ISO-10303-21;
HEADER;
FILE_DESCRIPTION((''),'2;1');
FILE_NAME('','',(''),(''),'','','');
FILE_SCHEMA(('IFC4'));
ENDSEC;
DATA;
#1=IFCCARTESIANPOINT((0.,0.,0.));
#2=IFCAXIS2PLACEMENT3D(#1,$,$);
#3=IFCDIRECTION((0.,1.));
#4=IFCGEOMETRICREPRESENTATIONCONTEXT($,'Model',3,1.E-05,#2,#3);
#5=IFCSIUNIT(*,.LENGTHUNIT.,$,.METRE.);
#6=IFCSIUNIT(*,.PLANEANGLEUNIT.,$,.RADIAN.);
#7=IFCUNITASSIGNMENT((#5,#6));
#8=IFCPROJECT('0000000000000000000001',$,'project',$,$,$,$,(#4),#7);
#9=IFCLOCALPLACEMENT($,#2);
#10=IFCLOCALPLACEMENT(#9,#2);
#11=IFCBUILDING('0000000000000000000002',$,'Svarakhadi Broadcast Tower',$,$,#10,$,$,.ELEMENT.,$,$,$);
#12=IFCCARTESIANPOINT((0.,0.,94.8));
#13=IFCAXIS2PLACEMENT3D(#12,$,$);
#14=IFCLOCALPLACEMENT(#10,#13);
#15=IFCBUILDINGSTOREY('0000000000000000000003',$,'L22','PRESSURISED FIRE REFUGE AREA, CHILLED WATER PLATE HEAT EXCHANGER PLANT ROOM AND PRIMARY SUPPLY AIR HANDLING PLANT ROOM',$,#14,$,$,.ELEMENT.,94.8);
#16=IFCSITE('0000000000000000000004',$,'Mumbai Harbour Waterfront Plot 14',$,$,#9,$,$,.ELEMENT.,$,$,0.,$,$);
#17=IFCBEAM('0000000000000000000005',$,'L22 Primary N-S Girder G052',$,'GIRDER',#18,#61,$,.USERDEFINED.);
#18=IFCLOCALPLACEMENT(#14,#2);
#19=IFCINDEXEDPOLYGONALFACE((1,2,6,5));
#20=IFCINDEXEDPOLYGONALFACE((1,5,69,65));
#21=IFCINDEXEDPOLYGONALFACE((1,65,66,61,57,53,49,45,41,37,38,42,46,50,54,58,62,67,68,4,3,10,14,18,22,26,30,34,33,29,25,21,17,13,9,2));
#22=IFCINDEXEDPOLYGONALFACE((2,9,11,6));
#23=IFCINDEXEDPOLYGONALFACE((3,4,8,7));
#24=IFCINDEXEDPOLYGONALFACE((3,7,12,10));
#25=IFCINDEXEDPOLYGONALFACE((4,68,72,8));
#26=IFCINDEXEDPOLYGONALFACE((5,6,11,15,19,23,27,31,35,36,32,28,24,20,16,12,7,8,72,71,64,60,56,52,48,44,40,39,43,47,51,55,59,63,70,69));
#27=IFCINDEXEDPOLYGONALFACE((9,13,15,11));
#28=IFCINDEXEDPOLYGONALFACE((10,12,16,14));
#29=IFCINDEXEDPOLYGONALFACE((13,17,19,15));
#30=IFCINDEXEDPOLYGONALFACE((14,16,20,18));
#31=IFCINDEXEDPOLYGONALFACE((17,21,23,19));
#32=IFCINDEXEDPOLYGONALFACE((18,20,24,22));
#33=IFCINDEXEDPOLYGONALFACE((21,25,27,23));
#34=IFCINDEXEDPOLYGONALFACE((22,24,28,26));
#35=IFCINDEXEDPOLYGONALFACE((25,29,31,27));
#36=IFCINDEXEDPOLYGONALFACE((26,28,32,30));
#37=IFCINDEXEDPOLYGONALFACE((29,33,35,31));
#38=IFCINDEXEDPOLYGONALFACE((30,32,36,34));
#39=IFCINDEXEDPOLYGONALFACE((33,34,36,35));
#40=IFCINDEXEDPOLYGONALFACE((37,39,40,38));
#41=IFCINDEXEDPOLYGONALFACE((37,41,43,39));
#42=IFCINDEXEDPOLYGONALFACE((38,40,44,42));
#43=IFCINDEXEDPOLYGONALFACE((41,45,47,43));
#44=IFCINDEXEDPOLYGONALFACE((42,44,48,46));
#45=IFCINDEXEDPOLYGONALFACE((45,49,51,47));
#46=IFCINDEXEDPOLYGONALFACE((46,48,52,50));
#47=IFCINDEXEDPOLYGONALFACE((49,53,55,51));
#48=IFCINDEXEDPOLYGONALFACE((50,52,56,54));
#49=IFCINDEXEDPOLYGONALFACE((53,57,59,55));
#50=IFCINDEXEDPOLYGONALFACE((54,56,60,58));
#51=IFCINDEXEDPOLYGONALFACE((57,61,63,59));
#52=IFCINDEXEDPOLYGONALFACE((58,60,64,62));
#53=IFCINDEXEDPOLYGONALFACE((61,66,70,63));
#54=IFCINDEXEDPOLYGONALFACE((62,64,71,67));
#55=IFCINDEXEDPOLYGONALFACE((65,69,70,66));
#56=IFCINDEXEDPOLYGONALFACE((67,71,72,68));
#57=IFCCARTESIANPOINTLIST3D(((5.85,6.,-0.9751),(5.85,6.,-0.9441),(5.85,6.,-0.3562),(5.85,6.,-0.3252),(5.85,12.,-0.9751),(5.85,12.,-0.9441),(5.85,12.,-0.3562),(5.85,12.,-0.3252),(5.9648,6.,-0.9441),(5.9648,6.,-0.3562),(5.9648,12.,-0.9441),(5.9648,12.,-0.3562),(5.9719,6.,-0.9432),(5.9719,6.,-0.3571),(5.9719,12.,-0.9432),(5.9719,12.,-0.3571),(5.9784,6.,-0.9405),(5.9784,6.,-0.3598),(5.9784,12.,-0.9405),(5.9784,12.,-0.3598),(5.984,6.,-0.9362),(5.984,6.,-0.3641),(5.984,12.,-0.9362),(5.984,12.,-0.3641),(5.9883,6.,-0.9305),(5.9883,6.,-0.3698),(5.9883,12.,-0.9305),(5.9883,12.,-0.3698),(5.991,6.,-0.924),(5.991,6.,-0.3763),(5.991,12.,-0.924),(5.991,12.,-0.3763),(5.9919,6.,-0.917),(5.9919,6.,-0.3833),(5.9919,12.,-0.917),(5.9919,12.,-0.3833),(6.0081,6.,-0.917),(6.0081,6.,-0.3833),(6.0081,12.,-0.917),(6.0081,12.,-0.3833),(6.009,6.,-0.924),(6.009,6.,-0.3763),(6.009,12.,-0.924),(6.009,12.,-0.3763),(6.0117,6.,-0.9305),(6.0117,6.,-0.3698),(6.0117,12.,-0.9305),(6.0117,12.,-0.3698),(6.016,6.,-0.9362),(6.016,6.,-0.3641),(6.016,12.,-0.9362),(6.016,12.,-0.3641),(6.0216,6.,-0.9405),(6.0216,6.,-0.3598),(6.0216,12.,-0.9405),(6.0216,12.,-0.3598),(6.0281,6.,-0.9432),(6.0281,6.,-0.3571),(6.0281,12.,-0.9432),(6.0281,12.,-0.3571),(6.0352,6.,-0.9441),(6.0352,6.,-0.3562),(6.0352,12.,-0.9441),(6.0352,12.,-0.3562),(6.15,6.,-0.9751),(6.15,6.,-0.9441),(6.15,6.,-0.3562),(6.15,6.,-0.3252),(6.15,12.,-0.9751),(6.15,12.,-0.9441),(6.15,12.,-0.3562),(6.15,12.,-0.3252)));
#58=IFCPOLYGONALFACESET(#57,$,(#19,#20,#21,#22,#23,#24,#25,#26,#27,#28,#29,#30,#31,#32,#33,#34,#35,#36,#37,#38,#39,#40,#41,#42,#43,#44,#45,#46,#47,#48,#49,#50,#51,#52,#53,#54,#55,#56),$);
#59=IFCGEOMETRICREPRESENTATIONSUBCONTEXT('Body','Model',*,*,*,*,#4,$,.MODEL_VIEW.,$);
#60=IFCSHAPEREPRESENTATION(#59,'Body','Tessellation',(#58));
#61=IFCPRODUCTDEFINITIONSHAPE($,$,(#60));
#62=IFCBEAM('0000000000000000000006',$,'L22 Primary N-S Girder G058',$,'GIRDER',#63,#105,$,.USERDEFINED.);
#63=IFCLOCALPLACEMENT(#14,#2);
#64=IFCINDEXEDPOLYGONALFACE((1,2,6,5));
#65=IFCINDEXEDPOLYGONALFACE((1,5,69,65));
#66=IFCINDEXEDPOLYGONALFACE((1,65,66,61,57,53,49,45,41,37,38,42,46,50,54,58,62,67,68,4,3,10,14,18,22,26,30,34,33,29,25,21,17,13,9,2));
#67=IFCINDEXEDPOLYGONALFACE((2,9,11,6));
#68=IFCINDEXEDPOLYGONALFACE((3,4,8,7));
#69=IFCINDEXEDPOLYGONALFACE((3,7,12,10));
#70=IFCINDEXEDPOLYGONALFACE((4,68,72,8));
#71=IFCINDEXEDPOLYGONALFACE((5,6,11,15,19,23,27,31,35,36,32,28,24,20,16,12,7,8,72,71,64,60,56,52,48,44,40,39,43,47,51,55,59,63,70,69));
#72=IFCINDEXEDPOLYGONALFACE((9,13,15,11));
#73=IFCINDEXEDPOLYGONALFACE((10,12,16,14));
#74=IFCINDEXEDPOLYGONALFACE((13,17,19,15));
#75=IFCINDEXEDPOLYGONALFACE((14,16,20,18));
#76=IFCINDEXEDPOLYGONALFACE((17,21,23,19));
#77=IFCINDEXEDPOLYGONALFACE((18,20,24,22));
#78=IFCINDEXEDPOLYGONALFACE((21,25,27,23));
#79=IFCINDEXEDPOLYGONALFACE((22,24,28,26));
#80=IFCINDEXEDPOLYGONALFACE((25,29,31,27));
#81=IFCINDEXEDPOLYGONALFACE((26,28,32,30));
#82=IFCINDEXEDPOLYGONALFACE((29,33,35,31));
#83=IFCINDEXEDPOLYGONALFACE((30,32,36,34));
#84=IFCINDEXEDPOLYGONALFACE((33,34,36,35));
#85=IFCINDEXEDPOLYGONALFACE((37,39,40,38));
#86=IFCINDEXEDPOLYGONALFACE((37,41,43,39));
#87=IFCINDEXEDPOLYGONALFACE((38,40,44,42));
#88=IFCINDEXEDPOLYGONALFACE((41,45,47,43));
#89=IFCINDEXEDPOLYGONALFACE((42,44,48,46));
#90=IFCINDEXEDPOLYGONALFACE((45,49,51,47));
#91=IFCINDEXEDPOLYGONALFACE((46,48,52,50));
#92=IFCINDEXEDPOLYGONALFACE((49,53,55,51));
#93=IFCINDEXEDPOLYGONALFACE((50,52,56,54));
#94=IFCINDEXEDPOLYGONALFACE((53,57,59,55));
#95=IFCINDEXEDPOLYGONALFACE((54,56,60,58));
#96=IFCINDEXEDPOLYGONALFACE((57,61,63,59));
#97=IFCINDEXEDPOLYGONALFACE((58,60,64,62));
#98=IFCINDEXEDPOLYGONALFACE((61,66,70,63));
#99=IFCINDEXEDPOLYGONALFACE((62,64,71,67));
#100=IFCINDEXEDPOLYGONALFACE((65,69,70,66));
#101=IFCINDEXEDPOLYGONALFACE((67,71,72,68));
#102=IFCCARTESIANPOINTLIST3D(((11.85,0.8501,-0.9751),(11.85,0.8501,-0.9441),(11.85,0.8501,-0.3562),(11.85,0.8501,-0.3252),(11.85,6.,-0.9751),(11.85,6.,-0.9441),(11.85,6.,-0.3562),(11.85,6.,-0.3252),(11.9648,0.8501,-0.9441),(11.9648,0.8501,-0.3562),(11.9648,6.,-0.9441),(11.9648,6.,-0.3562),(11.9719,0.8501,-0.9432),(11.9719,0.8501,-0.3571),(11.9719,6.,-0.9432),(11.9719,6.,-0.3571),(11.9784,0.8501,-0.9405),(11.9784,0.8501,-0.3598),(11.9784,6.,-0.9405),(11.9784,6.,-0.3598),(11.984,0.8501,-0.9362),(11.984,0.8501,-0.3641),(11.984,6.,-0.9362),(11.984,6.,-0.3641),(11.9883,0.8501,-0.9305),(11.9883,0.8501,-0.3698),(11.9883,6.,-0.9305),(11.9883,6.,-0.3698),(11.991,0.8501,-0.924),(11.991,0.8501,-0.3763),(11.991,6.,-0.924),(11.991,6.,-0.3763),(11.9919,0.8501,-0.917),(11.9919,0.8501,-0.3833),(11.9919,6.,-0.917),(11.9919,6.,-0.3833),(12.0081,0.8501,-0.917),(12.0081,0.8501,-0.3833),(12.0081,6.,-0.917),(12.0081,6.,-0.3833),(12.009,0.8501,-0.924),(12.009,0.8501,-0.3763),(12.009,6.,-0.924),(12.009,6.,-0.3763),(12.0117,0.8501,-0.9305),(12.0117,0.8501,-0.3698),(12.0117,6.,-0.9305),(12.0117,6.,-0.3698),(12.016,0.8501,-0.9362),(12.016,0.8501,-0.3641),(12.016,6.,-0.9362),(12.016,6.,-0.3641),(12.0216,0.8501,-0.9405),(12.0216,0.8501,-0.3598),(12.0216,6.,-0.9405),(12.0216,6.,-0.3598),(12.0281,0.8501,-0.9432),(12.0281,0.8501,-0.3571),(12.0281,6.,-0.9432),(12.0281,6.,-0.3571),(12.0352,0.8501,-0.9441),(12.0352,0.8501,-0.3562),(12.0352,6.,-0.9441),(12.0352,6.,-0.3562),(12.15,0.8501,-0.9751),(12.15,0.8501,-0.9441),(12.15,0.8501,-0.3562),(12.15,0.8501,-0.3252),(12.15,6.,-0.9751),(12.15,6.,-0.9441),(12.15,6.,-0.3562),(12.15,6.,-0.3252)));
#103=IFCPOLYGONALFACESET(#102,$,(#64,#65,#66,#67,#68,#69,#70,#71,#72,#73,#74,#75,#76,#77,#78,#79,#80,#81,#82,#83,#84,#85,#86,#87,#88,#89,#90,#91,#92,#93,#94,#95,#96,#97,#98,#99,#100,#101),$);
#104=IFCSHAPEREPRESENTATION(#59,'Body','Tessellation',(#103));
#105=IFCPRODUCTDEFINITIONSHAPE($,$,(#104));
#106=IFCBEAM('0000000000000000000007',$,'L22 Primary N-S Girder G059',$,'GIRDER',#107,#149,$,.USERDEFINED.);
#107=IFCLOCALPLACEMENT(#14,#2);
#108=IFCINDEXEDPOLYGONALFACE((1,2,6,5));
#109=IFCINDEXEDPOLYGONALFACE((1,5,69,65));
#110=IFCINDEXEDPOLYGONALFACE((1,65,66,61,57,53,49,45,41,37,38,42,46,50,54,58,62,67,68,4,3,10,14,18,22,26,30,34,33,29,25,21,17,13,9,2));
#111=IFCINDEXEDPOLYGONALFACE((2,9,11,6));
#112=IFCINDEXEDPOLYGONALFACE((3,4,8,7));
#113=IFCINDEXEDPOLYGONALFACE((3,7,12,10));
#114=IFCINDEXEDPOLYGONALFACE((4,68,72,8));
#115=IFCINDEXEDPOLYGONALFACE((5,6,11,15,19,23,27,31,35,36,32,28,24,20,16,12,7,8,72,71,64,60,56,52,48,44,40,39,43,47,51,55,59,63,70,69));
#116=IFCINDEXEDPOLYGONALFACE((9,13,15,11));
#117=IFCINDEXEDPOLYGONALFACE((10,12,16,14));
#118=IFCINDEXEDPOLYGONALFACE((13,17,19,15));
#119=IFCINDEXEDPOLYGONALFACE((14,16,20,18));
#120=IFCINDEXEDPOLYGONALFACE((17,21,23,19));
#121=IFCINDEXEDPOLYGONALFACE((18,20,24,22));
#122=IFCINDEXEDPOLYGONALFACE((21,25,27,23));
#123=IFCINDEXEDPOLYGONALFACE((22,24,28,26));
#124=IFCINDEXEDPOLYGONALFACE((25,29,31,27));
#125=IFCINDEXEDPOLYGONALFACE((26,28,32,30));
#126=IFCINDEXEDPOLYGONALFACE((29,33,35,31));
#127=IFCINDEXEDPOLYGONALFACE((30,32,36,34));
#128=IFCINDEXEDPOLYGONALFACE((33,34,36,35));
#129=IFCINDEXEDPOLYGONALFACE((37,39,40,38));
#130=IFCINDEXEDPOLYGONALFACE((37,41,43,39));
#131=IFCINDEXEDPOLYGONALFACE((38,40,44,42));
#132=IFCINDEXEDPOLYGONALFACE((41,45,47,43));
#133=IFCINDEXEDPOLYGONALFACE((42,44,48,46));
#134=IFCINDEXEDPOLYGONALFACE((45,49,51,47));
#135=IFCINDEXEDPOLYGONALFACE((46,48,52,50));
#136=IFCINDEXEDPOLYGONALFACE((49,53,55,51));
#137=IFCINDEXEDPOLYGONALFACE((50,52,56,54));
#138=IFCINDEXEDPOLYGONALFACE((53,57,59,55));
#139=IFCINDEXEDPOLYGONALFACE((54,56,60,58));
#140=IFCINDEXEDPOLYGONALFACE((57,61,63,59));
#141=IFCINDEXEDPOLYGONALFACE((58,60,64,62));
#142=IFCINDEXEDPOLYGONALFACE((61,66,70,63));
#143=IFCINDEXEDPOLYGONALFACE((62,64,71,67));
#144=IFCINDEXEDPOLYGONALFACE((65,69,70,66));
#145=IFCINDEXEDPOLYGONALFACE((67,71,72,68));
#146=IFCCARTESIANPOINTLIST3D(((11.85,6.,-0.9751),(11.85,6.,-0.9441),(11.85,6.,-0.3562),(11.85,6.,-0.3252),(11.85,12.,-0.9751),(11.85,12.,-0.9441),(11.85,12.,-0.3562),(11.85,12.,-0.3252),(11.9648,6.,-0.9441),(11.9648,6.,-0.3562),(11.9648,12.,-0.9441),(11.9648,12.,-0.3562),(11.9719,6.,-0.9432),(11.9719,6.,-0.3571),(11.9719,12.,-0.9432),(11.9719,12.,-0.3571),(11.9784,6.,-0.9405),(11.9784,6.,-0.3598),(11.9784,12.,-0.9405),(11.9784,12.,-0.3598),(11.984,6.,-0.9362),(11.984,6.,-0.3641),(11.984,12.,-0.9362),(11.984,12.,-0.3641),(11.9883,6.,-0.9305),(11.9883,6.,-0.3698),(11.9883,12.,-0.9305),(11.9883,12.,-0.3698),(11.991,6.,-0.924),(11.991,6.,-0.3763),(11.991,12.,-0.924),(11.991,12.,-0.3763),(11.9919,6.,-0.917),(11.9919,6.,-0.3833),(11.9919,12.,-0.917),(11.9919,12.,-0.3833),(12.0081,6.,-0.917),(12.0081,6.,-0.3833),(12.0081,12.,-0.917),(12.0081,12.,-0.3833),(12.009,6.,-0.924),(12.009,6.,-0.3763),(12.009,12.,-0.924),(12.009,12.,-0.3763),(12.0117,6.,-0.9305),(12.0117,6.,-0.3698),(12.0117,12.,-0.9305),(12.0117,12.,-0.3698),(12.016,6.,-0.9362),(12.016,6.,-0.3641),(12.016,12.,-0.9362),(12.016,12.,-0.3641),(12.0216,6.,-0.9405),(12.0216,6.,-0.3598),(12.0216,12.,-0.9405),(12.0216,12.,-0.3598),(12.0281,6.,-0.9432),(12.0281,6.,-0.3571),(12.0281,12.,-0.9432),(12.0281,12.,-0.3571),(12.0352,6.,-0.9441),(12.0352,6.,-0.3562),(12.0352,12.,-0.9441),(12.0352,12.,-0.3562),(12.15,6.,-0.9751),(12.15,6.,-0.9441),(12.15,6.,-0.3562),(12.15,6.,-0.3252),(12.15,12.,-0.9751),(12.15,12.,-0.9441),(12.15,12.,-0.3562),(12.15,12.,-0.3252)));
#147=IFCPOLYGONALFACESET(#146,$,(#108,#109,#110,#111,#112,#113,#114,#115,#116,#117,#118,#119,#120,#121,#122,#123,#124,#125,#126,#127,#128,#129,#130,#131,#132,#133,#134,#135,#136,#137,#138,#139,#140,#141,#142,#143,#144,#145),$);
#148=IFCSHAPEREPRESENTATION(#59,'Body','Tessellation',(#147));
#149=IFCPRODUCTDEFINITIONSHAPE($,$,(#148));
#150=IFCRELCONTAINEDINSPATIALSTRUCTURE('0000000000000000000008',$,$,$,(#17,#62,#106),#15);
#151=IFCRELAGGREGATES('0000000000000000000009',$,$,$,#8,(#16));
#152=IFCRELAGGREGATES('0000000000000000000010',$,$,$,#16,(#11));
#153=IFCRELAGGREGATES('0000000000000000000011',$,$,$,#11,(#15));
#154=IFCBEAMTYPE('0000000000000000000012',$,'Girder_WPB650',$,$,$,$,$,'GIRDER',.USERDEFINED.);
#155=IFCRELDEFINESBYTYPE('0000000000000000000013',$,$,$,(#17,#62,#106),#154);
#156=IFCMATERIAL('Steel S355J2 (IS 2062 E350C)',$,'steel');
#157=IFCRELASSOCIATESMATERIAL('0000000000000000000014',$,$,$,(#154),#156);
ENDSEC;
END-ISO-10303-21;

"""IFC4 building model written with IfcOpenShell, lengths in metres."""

from ifc_helpers import new_model, si_unit, direction, frame, origin, origin_2d, place, context, subcontext, project, spatial, i_section, extrude, material, material_profile, profile_set, type_object, element, save


model = new_model("IFC4")

# Units and contexts
model_context = context("Model", 3, precision=1e-05, world=origin(), true_north=direction((0.0, 1.0)))
body_context = subcontext(model_context, "Body", "Model", "MODEL_VIEW")
ifc_project = project(units=[si_unit("LENGTHUNIT", "METRE"), si_unit("PLANEANGLEUNIT", "RADIAN")], contexts=[model_context])

# Site, building, storey
site_placement = place(None, origin())
site = spatial("IfcSite", under=ifc_project, at=site_placement, Name="Mumbai Harbour Waterfront Plot 14", CompositionType="ELEMENT", RefElevation=0.0)
building_placement = place(site_placement, origin())
building = spatial("IfcBuilding", under=site, at=building_placement, Name="Svarakhadi Broadcast Tower", CompositionType="ELEMENT")
storey_placement = place(building_placement, frame((0.0, 0.0, 94.8)))
storey = spatial("IfcBuildingStorey", under=building, at=storey_placement, Name="L22", Description="PRESSURISED FIRE REFUGE AREA, CHILLED WATER PLATE HEAT EXCHANGER PLANT ROOM AND PRIMARY SUPPLY AIR HANDLING PLANT ROOM", CompositionType="ELEMENT", Elevation=94.8)

# Shared definitions
ifc_material_1 = material(Name="Steel S355J2 (IS 2062 E350C)", Category="steel")

# Beams
ifc_material_profile_1 = material_profile(ifc_material_1, i_section(OverallWidth=0.3, OverallDepth=0.6499, WebThickness=0.0161, FlangeThickness=0.031, FilletRadius=0.0271, at=origin_2d()), Name="WPB 650x300x225")
ifc_profile_set_1 = profile_set([ifc_material_profile_1], Name="Steel S355J2 (IS 2062 E350C)")
beam_type_1 = type_object("IfcBeamType", Name="Girder_WPB650", ElementType="GIRDER", PredefinedType="USERDEFINED", material=ifc_profile_set_1)
for number, where, z_axis, x_axis, name in (
    (1, (6.0, 6.0, -0.6501), (0.0, 1.0, 0.0), (-1.0, 0.0, 0.0), "L22 Primary N-S Girder G052"),
):
    element("IfcBeam", number, at=place(storey_placement, frame(where, z_axis=z_axis, x_axis=x_axis)), inside=storey, type_object=beam_type_1, Name=name, ObjectType="GIRDER", PredefinedType="USERDEFINED", context=body_context, shape_type="SweptSolid", body=[
        extrude(i_section(OverallWidth=0.3, OverallDepth=0.6499, WebThickness=0.0161, FlangeThickness=0.031, FilletRadius=0.0271, at=origin_2d()), origin(), (0.0, 0.0, 1.0), 6.0),
    ])
beam_1_placement = place(storey_placement, frame((12.0, 0.8501, -0.6501), z_axis=(0.0, 1.0, 0.0), x_axis=(-1.0, 0.0, 0.0)))
element("IfcBeam", 2, at=beam_1_placement, inside=storey, type_object=beam_type_1, Name="L22 Primary N-S Girder G058", ObjectType="GIRDER", PredefinedType="USERDEFINED", context=body_context, shape_type="SweptSolid", body=[
    extrude(i_section(OverallWidth=0.3, OverallDepth=0.6499, WebThickness=0.0161, FlangeThickness=0.031, FilletRadius=0.0271, at=origin_2d()), origin(), (0.0, 0.0, 1.0), 5.1499),
])
beam_2_placement = place(storey_placement, frame((12.0, 6.0, -0.6501), z_axis=(0.0, 1.0, 0.0), x_axis=(-1.0, 0.0, 0.0)))
element("IfcBeam", 3, at=beam_2_placement, inside=storey, type_object=beam_type_1, Name="L22 Primary N-S Girder G059", ObjectType="GIRDER", PredefinedType="USERDEFINED", context=body_context, shape_type="SweptSolid", body=[
    extrude(i_section(OverallWidth=0.3, OverallDepth=0.6499, WebThickness=0.0161, FlangeThickness=0.031, FilletRadius=0.0271, at=origin_2d()), origin(), (0.0, 0.0, 1.0), 6.0),
])

save(model, "model.ifc")
